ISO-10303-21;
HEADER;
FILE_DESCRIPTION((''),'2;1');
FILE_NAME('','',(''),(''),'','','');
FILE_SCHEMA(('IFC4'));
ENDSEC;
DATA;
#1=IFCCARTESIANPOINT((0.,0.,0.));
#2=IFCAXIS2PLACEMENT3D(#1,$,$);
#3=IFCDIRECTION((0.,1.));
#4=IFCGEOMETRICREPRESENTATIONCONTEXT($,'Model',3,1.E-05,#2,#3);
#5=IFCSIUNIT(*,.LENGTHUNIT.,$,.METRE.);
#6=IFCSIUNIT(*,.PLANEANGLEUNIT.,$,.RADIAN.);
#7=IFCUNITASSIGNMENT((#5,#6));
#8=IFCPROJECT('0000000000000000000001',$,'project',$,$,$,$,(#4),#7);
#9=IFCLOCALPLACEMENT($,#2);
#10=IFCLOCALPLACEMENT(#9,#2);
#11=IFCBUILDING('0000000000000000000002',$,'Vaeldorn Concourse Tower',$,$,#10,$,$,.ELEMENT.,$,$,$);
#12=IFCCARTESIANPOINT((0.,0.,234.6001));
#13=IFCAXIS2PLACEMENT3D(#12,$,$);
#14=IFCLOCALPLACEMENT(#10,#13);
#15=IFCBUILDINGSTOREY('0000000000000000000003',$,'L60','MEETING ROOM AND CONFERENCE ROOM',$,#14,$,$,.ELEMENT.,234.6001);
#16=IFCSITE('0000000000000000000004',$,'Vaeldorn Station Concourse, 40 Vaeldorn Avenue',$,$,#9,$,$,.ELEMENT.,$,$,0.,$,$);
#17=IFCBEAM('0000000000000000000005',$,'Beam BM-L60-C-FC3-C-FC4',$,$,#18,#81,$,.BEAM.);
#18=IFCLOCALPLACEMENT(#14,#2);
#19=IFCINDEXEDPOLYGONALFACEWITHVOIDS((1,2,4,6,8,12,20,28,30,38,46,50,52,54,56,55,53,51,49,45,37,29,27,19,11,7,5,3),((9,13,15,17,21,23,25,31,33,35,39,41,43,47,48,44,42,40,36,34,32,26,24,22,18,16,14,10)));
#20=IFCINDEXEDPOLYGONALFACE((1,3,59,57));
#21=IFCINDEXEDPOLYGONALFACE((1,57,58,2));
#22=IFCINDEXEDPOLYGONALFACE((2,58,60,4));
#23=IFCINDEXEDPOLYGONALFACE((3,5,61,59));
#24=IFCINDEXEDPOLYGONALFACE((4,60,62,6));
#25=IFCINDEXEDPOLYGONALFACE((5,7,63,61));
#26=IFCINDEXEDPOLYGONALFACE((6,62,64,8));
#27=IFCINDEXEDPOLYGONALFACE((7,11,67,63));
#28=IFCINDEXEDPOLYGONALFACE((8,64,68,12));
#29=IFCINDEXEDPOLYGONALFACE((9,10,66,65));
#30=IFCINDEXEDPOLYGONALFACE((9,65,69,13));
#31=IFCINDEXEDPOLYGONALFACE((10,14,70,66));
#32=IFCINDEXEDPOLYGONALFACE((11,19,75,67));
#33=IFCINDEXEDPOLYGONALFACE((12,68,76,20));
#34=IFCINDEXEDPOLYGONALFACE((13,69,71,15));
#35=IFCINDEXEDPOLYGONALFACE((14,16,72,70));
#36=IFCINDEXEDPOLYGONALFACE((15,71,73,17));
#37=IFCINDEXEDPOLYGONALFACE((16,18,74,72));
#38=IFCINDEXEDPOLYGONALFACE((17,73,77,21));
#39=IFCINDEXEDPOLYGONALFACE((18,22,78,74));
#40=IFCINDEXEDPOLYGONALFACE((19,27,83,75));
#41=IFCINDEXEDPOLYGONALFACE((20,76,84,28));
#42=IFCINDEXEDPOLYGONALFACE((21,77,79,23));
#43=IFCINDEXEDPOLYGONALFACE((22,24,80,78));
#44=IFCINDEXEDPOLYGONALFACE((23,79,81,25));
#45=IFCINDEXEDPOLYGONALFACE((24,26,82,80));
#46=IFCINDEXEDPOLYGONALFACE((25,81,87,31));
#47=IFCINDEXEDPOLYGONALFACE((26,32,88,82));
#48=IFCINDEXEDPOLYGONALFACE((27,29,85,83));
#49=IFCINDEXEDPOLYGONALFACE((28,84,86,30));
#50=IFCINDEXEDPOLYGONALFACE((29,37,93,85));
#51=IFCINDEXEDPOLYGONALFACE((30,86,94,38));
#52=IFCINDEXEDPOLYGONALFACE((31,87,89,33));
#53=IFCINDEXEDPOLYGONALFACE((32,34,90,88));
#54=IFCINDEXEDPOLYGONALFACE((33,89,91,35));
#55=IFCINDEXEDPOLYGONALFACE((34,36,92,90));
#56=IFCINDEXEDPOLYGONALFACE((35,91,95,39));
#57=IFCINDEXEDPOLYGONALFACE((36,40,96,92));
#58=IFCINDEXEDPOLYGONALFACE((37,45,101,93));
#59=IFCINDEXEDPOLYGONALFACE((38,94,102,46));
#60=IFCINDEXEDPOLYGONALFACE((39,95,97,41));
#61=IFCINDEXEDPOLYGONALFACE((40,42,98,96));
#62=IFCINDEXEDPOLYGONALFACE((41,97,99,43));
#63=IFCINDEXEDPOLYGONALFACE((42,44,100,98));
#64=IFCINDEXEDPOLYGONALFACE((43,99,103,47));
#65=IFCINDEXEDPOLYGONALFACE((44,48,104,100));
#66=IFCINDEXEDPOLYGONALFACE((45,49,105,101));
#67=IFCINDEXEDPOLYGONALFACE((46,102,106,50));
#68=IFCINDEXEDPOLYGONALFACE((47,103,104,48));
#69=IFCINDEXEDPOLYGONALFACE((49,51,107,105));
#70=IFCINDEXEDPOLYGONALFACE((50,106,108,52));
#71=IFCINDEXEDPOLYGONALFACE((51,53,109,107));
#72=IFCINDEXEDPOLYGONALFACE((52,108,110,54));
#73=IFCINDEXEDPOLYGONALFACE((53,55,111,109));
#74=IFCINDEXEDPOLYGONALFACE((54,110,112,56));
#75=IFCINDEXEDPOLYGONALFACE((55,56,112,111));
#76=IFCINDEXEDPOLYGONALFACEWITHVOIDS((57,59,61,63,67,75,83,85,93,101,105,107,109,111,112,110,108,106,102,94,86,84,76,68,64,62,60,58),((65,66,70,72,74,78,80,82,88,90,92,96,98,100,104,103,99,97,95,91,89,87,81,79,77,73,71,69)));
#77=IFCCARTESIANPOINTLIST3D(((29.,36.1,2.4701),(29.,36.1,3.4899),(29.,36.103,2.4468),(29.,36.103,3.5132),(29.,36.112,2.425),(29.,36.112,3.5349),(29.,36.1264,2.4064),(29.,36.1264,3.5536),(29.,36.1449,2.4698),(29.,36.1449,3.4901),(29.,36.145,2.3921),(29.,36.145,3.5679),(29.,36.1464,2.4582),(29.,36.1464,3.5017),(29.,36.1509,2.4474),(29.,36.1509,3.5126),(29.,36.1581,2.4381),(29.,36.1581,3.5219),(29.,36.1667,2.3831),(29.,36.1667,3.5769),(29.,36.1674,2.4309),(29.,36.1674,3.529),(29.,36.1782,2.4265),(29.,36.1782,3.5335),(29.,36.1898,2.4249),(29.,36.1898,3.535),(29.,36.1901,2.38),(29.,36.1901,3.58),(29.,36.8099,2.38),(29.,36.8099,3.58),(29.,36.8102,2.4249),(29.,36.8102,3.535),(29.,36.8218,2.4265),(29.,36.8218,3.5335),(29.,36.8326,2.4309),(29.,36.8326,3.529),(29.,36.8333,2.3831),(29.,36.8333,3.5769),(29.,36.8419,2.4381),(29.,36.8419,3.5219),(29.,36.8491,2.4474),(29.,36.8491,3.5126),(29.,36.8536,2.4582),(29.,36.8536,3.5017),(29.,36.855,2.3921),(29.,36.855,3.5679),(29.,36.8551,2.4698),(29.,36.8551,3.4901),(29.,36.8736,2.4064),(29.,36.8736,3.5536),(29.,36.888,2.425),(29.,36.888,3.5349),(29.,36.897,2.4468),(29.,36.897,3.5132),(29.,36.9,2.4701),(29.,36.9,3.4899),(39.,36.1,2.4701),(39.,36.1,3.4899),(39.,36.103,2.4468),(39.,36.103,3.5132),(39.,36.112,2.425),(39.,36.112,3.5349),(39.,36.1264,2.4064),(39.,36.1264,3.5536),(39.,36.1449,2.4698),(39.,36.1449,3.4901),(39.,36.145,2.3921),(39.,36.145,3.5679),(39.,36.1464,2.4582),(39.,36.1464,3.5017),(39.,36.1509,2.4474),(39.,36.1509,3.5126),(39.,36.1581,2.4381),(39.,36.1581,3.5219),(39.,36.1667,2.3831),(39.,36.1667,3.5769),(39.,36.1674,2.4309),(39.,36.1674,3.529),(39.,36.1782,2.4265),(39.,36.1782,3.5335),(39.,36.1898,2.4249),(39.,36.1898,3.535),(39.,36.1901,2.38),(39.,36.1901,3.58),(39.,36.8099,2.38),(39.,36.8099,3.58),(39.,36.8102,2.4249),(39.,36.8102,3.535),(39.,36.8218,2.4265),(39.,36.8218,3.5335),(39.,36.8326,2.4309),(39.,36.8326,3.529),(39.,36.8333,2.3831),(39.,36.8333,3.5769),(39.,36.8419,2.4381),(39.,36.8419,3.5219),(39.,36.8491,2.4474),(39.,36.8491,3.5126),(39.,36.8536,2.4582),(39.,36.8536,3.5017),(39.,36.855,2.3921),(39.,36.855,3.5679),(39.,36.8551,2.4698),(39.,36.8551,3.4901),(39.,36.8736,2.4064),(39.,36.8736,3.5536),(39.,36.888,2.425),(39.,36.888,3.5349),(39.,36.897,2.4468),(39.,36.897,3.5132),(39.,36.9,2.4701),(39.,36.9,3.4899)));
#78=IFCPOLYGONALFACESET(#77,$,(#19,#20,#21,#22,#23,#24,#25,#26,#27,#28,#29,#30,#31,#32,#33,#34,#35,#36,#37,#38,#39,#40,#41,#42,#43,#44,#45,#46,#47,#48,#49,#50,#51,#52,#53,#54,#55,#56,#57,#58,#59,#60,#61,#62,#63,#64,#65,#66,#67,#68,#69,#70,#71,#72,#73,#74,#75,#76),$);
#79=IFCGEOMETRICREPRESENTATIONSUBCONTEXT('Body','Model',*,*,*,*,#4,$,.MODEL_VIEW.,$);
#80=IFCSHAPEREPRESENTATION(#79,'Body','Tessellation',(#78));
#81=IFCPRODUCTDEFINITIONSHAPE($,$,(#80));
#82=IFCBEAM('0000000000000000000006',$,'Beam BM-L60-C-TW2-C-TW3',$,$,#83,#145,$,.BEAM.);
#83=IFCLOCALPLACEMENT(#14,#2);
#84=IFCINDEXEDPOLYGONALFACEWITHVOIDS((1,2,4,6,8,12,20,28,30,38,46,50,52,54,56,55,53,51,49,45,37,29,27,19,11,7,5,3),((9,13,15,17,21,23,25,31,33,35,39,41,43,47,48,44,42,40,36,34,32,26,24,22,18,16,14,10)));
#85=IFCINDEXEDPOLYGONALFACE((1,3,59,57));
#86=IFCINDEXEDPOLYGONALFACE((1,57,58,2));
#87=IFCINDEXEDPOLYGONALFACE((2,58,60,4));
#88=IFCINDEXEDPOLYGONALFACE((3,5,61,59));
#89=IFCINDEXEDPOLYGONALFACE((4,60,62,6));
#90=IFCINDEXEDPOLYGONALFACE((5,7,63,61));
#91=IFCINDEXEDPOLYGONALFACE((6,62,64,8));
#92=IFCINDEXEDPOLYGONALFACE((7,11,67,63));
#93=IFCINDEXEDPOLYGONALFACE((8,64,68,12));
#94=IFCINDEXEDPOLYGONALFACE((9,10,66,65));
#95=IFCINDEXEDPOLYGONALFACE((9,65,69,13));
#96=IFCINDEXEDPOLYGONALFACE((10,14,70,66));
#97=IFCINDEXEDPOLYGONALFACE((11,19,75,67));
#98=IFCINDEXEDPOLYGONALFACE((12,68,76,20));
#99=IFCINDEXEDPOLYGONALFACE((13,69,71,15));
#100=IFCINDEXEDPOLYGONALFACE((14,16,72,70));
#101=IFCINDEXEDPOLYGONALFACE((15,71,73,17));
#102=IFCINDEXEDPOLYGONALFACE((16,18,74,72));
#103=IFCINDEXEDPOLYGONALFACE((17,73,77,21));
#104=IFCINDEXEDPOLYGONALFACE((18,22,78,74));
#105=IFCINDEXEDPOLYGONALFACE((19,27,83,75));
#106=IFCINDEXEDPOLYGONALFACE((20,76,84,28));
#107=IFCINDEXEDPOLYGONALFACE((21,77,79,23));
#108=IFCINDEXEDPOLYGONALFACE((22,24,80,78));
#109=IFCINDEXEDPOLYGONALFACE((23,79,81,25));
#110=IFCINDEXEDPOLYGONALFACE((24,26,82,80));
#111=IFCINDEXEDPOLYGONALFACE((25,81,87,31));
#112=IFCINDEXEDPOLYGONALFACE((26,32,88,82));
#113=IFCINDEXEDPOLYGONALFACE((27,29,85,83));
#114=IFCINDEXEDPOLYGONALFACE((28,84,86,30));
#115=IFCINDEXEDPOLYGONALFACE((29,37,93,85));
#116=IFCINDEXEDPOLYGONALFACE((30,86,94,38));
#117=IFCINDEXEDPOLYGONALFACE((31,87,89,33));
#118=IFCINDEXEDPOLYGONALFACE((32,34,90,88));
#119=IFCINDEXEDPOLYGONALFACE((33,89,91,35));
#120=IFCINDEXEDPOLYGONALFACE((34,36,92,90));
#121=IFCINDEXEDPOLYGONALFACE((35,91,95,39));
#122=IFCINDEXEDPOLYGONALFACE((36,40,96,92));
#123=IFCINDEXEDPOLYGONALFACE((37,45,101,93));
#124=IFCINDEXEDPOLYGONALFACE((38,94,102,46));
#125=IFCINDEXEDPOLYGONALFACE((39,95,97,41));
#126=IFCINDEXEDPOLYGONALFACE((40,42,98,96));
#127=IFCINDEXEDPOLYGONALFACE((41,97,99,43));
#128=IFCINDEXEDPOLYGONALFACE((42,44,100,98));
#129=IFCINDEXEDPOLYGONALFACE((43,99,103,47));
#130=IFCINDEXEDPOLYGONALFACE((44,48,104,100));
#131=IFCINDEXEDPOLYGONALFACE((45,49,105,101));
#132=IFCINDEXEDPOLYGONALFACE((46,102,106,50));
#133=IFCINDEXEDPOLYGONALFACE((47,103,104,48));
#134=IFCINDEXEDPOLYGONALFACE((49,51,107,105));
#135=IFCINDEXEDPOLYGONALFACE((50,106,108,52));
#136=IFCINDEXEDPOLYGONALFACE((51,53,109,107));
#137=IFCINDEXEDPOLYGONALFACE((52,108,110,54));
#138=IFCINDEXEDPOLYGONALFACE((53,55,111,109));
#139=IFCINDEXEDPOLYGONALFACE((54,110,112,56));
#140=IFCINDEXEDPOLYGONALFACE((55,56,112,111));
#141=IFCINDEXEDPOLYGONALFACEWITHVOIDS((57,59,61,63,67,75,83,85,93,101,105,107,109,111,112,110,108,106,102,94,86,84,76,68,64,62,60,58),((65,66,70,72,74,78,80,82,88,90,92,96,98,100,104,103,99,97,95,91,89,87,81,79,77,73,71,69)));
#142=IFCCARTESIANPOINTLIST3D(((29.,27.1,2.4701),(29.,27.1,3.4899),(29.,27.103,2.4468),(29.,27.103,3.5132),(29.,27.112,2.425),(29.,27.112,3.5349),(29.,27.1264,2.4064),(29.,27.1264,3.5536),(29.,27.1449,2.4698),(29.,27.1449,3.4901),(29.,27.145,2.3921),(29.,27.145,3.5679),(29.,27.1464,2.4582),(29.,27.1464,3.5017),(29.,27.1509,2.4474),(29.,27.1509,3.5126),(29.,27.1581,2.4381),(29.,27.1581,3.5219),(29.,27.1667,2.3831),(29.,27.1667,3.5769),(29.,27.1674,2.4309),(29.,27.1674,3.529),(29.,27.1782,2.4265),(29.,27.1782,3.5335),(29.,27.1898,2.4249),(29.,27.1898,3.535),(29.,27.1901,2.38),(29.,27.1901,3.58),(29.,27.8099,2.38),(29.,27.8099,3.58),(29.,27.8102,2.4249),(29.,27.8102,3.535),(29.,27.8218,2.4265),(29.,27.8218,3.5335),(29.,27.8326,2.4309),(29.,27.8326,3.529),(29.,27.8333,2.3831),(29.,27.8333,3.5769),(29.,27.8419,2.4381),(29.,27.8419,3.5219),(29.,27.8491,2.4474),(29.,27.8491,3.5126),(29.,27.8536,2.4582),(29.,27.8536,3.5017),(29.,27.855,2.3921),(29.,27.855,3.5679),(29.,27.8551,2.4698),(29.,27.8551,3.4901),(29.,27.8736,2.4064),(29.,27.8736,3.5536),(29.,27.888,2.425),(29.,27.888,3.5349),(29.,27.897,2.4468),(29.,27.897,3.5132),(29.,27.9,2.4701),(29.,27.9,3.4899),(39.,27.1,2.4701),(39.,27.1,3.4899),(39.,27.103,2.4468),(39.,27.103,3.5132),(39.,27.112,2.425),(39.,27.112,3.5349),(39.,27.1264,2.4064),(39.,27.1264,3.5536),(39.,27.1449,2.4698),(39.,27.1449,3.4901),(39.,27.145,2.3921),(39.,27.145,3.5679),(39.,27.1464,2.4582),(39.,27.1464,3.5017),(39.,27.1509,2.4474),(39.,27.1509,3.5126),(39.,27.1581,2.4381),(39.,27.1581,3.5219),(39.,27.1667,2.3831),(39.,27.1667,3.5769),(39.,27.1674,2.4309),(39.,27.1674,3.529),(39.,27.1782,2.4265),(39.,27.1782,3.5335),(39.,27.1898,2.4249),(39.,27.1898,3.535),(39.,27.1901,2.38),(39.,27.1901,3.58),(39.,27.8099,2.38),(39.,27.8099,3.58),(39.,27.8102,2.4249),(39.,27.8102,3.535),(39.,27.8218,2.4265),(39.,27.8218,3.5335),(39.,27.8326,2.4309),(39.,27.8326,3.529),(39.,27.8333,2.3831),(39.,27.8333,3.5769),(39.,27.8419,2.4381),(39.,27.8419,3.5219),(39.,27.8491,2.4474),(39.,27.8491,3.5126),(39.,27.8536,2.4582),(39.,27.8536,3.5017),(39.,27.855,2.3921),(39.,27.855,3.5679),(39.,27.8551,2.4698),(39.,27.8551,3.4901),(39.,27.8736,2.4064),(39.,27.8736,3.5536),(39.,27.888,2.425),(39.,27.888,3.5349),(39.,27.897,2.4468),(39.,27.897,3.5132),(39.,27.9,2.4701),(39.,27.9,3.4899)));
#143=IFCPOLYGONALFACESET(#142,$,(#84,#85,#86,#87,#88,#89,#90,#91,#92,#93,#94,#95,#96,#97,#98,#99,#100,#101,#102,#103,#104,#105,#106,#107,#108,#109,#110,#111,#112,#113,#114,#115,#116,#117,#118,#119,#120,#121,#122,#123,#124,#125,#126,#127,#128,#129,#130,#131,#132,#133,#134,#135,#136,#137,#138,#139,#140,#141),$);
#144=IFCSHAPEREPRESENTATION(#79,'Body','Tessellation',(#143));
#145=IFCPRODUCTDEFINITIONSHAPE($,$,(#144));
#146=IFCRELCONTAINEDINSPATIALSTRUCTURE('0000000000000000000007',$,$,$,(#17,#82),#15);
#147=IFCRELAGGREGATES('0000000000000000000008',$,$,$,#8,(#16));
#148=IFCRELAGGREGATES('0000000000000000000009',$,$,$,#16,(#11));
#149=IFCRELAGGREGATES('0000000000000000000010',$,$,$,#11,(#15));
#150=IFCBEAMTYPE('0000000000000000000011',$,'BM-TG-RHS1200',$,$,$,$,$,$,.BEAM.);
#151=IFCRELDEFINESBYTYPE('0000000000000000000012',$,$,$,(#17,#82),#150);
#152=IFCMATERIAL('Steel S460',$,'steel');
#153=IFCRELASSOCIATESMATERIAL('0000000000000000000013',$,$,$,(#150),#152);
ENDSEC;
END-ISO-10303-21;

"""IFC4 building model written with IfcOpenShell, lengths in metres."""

from ifc_helpers import new_model, si_unit, direction, frame, origin, origin_2d, place, context, subcontext, project, spatial, hollow_rectangle, extrude, source, transform, mapped, material, material_profile, profile_set, type_object, element, save


model = new_model("IFC4")

# Units and contexts
model_context = context("Model", 3, precision=1e-05, world=origin(), true_north=direction((0.0, 1.0)))
body_context = subcontext(model_context, "Body", "Model", "MODEL_VIEW")
ifc_project = project(units=[si_unit("LENGTHUNIT", "METRE"), si_unit("PLANEANGLEUNIT", "RADIAN")], contexts=[model_context])

# Site, building, storey
site_placement = place(None, origin())
site = spatial("IfcSite", under=ifc_project, at=site_placement, Name="Vaeldorn Station Concourse, 40 Vaeldorn Avenue", CompositionType="ELEMENT", RefElevation=0.0)
building_placement = place(site_placement, origin())
building = spatial("IfcBuilding", under=site, at=building_placement, Name="Vaeldorn Concourse Tower", CompositionType="ELEMENT")
storey_placement = place(building_placement, frame((0.0, 0.0, 234.6001)))
storey = spatial("IfcBuildingStorey", under=building, at=storey_placement, Name="L60", Description="MEETING ROOM AND CONFERENCE ROOM", CompositionType="ELEMENT", Elevation=234.6001)

# Shared definitions
ifc_material_1 = material(Name="Steel S460", Category="steel")

# Beams
ifc_material_profile_1 = material_profile(ifc_material_1, hollow_rectangle(XDim=0.8, YDim=1.2, WallThickness=0.0449, InnerFilletRadius=0.0449, OuterFilletRadius=0.0901, at=origin_2d()), Name="RHS 1200x800x45")
ifc_profile_set_1 = profile_set([ifc_material_profile_1], Name="Steel S460")
beam_type_1 = type_object("IfcBeamType", Name="BM-TG-RHS1200", PredefinedType="BEAM", material=ifc_profile_set_1)
shared_shape_1 = source(origin(), body_context, "Body", "SweptSolid", [
    extrude(hollow_rectangle(XDim=0.8, YDim=1.2, WallThickness=0.0449, InnerFilletRadius=0.0449, OuterFilletRadius=0.0901, at=origin_2d()), origin(), (0.0, 0.0, 1.0), 10.0),
])
for number, where, z_axis, x_axis, name in (
    (1, (29.0, 36.5, 2.98), (1.0, 0.0, 0.0), (0.0, 1.0, 0.0), "Beam BM-L60-C-FC3-C-FC4"),
    (2, (29.0, 27.5, 2.98), (1.0, 0.0, 0.0), (0.0, 1.0, 0.0), "Beam BM-L60-C-TW2-C-TW3"),
):
    element("IfcBeam", number, at=place(storey_placement, frame(where, z_axis=z_axis, x_axis=x_axis)), inside=storey, type_object=beam_type_1, Name=name, PredefinedType="BEAM", context=body_context, shape_type="MappedRepresentation", body=[
        mapped(shared_shape_1, transform((0.0, 0.0, 0.0), scale=1.0)),
    ])

save(model, "model.ifc")
